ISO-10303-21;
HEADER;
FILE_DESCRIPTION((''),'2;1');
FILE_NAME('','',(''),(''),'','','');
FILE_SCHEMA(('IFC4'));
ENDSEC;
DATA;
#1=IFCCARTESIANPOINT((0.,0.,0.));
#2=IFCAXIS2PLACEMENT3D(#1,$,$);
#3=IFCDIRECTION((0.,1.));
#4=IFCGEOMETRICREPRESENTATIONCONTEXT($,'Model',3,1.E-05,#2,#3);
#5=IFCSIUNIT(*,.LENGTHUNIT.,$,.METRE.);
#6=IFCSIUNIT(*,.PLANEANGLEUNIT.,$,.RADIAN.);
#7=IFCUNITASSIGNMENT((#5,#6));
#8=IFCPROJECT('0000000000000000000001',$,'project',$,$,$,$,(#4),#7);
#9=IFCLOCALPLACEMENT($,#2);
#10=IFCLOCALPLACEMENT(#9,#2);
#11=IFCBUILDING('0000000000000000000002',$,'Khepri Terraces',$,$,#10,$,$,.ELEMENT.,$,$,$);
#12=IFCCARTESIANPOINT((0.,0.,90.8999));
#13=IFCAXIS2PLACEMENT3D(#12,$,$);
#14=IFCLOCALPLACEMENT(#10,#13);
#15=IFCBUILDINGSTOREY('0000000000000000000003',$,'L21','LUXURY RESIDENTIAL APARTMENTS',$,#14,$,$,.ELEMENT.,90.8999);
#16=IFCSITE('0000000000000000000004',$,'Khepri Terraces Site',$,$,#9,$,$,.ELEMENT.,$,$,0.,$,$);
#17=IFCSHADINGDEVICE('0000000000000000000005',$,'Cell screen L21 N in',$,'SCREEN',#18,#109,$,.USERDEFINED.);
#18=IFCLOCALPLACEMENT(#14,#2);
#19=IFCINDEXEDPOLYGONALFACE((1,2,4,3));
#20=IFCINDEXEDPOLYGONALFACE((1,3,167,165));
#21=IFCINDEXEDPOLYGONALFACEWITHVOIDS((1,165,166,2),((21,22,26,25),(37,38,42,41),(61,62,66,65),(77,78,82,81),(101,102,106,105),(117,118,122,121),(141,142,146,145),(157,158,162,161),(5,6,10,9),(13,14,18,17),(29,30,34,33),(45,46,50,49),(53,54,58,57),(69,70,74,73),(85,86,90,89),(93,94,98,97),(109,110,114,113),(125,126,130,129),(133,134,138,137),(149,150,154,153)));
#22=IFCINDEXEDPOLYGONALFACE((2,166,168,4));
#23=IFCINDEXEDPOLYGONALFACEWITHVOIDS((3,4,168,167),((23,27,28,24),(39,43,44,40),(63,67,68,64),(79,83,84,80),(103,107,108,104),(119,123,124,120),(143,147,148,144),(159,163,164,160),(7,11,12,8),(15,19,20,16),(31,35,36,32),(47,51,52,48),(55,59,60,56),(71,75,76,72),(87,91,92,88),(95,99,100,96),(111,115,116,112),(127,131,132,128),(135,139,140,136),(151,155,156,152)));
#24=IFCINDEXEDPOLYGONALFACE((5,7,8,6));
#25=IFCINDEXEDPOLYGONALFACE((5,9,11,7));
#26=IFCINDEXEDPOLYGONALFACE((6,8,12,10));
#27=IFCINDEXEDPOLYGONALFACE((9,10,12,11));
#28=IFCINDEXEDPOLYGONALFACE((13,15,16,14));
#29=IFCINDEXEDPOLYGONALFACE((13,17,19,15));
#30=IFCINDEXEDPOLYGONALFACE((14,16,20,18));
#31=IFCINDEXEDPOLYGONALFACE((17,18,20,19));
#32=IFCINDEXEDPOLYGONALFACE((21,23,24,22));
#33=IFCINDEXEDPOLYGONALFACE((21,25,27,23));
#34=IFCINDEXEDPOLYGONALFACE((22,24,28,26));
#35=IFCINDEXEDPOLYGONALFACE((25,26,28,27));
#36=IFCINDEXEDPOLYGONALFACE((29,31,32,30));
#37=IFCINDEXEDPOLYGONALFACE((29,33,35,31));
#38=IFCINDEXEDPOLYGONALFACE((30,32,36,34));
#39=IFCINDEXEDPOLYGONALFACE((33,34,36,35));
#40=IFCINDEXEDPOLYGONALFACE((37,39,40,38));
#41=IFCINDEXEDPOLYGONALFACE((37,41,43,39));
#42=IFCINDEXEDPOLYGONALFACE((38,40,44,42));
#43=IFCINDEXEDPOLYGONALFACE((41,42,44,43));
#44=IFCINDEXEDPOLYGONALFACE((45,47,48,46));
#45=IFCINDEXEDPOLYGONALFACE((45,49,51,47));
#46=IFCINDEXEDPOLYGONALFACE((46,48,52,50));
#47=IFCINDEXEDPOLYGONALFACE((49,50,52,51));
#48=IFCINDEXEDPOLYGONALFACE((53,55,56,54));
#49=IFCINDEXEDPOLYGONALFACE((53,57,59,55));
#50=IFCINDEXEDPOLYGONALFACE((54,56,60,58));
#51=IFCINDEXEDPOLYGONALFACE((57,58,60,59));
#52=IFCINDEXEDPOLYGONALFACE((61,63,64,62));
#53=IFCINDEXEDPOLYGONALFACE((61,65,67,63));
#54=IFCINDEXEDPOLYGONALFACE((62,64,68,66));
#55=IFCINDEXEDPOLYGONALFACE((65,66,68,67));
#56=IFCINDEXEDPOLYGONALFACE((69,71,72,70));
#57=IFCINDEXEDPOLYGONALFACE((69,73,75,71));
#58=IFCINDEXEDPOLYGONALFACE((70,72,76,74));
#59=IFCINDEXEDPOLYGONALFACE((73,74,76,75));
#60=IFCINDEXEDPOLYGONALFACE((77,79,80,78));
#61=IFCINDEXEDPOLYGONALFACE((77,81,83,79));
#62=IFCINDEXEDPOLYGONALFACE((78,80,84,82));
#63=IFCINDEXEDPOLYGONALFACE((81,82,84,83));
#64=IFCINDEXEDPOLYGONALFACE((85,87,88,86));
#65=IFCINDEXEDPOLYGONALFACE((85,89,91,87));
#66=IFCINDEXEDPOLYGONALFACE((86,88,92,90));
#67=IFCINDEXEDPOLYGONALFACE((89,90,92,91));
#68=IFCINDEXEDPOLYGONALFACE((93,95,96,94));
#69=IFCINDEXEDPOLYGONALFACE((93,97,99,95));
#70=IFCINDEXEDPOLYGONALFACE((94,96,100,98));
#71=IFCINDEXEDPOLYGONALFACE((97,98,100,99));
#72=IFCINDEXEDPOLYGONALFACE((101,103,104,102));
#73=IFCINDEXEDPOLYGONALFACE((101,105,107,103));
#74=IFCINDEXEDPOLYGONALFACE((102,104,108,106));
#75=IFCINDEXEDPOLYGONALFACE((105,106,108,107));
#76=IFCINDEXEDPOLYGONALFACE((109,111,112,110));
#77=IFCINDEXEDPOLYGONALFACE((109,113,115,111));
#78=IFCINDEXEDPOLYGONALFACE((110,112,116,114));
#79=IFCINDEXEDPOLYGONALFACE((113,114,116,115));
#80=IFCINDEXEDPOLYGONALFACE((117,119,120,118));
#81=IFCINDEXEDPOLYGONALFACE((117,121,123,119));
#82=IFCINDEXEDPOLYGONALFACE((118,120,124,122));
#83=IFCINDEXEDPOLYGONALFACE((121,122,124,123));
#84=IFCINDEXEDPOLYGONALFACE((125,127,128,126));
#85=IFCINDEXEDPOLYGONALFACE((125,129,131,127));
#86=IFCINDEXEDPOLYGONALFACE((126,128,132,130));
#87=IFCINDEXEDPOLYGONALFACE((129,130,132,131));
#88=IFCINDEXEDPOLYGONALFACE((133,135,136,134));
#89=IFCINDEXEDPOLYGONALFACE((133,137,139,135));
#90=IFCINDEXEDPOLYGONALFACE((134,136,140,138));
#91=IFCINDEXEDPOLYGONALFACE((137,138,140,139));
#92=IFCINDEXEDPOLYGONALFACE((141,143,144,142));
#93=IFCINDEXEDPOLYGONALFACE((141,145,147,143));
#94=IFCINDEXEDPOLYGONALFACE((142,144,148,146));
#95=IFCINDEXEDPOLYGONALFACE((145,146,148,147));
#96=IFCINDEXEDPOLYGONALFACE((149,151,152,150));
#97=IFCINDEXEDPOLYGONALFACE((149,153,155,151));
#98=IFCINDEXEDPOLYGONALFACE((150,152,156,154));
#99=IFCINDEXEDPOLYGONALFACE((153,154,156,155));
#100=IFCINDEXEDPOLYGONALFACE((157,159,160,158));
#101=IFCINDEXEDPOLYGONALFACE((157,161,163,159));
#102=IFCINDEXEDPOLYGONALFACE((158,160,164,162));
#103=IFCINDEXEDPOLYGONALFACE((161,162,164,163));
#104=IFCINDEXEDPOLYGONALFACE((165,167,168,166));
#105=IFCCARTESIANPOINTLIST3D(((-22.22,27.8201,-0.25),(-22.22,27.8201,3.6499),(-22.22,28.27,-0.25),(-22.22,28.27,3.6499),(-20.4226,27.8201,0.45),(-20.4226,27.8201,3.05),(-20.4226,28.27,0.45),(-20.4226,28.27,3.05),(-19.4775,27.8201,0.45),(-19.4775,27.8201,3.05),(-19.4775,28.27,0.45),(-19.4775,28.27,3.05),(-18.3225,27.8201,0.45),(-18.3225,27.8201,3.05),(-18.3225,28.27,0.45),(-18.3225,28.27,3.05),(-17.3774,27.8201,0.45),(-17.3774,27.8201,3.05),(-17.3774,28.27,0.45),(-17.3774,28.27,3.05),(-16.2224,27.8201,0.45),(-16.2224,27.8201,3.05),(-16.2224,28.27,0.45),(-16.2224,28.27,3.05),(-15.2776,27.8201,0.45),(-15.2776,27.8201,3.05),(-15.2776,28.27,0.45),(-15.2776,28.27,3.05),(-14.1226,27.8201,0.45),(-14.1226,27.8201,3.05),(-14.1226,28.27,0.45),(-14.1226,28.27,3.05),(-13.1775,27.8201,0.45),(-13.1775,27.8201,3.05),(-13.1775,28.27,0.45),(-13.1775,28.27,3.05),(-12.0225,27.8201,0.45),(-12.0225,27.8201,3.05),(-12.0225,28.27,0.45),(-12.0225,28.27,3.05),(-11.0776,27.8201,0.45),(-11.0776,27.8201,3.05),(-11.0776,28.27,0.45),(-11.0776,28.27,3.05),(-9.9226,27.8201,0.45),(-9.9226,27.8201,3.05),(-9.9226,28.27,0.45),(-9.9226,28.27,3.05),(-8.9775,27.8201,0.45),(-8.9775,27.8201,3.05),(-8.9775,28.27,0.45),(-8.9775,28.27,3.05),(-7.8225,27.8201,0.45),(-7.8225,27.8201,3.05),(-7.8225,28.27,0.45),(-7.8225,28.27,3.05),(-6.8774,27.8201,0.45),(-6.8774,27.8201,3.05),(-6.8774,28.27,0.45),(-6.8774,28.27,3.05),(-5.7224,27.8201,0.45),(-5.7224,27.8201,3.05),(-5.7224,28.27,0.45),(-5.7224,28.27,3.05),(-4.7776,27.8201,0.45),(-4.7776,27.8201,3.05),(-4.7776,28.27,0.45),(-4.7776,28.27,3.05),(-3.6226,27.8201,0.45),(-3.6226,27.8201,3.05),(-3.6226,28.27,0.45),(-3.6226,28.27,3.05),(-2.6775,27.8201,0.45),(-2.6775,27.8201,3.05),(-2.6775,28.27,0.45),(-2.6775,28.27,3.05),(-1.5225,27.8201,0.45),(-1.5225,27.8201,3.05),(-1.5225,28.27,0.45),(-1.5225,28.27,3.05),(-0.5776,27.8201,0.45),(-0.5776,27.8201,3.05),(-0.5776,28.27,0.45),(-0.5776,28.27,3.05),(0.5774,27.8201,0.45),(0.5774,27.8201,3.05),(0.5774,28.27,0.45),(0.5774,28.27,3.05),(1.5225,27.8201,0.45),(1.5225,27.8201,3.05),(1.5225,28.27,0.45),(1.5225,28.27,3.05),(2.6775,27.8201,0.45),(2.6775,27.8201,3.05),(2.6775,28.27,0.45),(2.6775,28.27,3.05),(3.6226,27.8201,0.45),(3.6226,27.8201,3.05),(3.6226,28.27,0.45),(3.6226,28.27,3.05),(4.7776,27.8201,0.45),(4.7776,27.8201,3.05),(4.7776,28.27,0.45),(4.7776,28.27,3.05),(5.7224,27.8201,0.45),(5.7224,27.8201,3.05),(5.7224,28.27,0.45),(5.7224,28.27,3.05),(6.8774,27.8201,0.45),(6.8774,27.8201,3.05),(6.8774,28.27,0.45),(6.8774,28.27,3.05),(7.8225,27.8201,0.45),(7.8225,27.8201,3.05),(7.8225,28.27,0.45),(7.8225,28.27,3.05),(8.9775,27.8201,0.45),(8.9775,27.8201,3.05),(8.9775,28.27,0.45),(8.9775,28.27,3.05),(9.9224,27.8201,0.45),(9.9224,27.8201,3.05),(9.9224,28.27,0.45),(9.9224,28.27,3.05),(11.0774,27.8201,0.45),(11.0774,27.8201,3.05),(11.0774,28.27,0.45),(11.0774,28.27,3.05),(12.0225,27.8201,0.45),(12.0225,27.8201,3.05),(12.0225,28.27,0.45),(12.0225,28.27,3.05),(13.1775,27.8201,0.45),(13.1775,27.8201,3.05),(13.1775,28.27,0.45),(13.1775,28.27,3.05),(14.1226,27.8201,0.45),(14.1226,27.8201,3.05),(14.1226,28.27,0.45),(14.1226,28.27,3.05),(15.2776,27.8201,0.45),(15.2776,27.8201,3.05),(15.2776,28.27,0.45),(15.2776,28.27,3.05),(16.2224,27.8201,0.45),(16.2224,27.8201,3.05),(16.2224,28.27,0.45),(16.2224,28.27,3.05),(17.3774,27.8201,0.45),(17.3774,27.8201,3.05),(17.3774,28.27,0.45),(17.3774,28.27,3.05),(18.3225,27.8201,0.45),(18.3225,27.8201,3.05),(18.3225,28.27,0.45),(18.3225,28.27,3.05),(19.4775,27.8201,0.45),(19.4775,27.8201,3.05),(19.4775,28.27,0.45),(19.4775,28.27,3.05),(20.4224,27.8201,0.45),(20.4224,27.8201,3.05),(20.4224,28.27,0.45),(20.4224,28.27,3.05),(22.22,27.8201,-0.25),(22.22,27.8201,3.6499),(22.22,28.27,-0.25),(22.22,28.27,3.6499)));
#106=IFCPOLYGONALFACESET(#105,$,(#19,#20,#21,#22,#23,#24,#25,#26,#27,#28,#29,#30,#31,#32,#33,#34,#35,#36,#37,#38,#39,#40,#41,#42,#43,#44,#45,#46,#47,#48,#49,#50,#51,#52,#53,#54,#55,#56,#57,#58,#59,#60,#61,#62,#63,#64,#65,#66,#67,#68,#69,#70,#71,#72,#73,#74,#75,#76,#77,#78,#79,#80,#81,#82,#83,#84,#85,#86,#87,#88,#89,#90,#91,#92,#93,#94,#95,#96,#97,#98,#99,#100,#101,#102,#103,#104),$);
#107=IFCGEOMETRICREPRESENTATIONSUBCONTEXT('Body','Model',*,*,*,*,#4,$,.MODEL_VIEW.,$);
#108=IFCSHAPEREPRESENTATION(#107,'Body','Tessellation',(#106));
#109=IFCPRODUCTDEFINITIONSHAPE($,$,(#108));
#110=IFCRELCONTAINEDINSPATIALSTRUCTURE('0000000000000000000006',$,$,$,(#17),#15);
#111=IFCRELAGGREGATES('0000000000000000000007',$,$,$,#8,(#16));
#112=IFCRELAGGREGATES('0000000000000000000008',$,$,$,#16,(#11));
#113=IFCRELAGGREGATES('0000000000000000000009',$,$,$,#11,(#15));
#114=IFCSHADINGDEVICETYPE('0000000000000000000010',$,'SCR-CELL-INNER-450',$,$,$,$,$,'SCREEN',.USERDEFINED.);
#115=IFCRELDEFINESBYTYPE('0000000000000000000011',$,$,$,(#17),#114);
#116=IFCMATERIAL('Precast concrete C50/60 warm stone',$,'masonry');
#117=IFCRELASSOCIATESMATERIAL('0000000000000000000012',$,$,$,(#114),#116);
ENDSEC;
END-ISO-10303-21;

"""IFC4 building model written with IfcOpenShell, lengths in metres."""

from ifc_helpers import new_model, si_unit, direction, frame, origin, place, context, subcontext, project, spatial, polyline, outline, extrude, material, type_object, element, save


model = new_model("IFC4")

# Units and contexts
model_context = context("Model", 3, precision=1e-05, world=origin(), true_north=direction((0.0, 1.0)))
body_context = subcontext(model_context, "Body", "Model", "MODEL_VIEW")
ifc_project = project(units=[si_unit("LENGTHUNIT", "METRE"), si_unit("PLANEANGLEUNIT", "RADIAN")], contexts=[model_context])

# Site, building, storey
site_placement = place(None, origin())
site = spatial("IfcSite", under=ifc_project, at=site_placement, Name="Khepri Terraces Site", CompositionType="ELEMENT", RefElevation=0.0)
building_placement = place(site_placement, origin())
building = spatial("IfcBuilding", under=site, at=building_placement, Name="Khepri Terraces", CompositionType="ELEMENT")
storey_placement = place(building_placement, frame((0.0, 0.0, 90.8999)))
storey = spatial("IfcBuildingStorey", under=building, at=storey_placement, Name="L21", Description="LUXURY RESIDENTIAL APARTMENTS", CompositionType="ELEMENT", Elevation=90.8999)

# Shared definitions
ifc_material_1 = material(Name="Precast concrete C50/60 warm stone", Category="masonry")

# Shading device
shading_device_type_1 = type_object("IfcShadingDeviceType", Name="SCR-CELL-INNER-450", ElementType="SCREEN", PredefinedType="USERDEFINED", material=ifc_material_1)
shading_device_1_placement = place(storey_placement, frame((22.22, 27.8201, -0.25), z_axis=(0.0, 1.0, 0.0), x_axis=(-1.0, 0.0, 0.0)))
element("IfcShadingDevice", 1, at=shading_device_1_placement, inside=storey, type_object=shading_device_type_1, Name="Cell screen L21 N in", ObjectType="SCREEN", PredefinedType="USERDEFINED", context=body_context, shape_type="SweptSolid", body=[
    extrude(outline(polyline([(0.0, 0.0), (44.4399, 0.0), (44.4399, 3.8999), (0.0, 3.8999), (0.0, 0.0)]), holes=[polyline([(1.7976, 0.7), (2.7424, 0.7), (2.7424, 3.3), (1.7976, 3.3), (1.7976, 0.7)]), polyline([(3.8975, 0.7), (4.8425, 0.7), (4.8425, 3.3), (3.8975, 3.3), (3.8975, 0.7)]), polyline([(5.9976, 0.7), (6.9424, 0.7), (6.9424, 3.3), (5.9976, 3.3), (5.9976, 0.7)]), polyline([(8.0974, 0.7), (9.0425, 0.7), (9.0425, 3.3), (8.0974, 3.3), (8.0974, 0.7)]), polyline([(10.1975, 0.7), (11.1426, 0.7), (11.1426, 3.3), (10.1975, 3.3), (10.1975, 0.7)]), polyline([(12.2976, 0.7), (13.2424, 0.7), (13.2424, 3.3), (12.2976, 3.3), (12.2976, 0.7)]), polyline([(14.3975, 0.7), (15.3425, 0.7), (15.3425, 3.3), (14.3975, 3.3), (14.3975, 0.7)]), polyline([(16.4976, 0.7), (17.4424, 0.7), (17.4424, 3.3), (16.4976, 3.3), (16.4976, 0.7)]), polyline([(18.5974, 0.7), (19.5425, 0.7), (19.5425, 3.3), (18.5974, 3.3), (18.5974, 0.7)]), polyline([(20.6975, 0.7), (21.6426, 0.7), (21.6426, 3.3), (20.6975, 3.3), (20.6975, 0.7)]), polyline([(22.7976, 0.7), (23.7424, 0.7), (23.7424, 3.3), (22.7976, 3.3), (22.7976, 0.7)]), polyline([(24.8975, 0.7), (25.8425, 0.7), (25.8425, 3.3), (24.8975, 3.3), (24.8975, 0.7)]), polyline([(26.9976, 0.7), (27.9424, 0.7), (27.9424, 3.3), (26.9976, 3.3), (26.9976, 0.7)]), polyline([(29.0974, 0.7), (30.0425, 0.7), (30.0425, 3.3), (29.0974, 3.3), (29.0974, 0.7)]), polyline([(31.1975, 0.7), (32.1426, 0.7), (32.1426, 3.3), (31.1975, 3.3), (31.1975, 0.7)]), polyline([(33.2976, 0.7), (34.2424, 0.7), (34.2424, 3.3), (33.2976, 3.3), (33.2976, 0.7)]), polyline([(35.3975, 0.7), (36.3425, 0.7), (36.3425, 3.3), (35.3975, 3.3), (35.3975, 0.7)]), polyline([(37.4976, 0.7), (38.4424, 0.7), (38.4424, 3.3), (37.4976, 3.3), (37.4976, 0.7)]), polyline([(39.5974, 0.7), (40.5425, 0.7), (40.5425, 3.3), (39.5974, 3.3), (39.5974, 0.7)]), polyline([(41.6975, 0.7), (42.6426, 0.7), (42.6426, 3.3), (41.6975, 3.3), (41.6975, 0.7)])]), origin(), (0.0, 0.0, 1.0), 0.45),
])

save(model, "model.ifc")
